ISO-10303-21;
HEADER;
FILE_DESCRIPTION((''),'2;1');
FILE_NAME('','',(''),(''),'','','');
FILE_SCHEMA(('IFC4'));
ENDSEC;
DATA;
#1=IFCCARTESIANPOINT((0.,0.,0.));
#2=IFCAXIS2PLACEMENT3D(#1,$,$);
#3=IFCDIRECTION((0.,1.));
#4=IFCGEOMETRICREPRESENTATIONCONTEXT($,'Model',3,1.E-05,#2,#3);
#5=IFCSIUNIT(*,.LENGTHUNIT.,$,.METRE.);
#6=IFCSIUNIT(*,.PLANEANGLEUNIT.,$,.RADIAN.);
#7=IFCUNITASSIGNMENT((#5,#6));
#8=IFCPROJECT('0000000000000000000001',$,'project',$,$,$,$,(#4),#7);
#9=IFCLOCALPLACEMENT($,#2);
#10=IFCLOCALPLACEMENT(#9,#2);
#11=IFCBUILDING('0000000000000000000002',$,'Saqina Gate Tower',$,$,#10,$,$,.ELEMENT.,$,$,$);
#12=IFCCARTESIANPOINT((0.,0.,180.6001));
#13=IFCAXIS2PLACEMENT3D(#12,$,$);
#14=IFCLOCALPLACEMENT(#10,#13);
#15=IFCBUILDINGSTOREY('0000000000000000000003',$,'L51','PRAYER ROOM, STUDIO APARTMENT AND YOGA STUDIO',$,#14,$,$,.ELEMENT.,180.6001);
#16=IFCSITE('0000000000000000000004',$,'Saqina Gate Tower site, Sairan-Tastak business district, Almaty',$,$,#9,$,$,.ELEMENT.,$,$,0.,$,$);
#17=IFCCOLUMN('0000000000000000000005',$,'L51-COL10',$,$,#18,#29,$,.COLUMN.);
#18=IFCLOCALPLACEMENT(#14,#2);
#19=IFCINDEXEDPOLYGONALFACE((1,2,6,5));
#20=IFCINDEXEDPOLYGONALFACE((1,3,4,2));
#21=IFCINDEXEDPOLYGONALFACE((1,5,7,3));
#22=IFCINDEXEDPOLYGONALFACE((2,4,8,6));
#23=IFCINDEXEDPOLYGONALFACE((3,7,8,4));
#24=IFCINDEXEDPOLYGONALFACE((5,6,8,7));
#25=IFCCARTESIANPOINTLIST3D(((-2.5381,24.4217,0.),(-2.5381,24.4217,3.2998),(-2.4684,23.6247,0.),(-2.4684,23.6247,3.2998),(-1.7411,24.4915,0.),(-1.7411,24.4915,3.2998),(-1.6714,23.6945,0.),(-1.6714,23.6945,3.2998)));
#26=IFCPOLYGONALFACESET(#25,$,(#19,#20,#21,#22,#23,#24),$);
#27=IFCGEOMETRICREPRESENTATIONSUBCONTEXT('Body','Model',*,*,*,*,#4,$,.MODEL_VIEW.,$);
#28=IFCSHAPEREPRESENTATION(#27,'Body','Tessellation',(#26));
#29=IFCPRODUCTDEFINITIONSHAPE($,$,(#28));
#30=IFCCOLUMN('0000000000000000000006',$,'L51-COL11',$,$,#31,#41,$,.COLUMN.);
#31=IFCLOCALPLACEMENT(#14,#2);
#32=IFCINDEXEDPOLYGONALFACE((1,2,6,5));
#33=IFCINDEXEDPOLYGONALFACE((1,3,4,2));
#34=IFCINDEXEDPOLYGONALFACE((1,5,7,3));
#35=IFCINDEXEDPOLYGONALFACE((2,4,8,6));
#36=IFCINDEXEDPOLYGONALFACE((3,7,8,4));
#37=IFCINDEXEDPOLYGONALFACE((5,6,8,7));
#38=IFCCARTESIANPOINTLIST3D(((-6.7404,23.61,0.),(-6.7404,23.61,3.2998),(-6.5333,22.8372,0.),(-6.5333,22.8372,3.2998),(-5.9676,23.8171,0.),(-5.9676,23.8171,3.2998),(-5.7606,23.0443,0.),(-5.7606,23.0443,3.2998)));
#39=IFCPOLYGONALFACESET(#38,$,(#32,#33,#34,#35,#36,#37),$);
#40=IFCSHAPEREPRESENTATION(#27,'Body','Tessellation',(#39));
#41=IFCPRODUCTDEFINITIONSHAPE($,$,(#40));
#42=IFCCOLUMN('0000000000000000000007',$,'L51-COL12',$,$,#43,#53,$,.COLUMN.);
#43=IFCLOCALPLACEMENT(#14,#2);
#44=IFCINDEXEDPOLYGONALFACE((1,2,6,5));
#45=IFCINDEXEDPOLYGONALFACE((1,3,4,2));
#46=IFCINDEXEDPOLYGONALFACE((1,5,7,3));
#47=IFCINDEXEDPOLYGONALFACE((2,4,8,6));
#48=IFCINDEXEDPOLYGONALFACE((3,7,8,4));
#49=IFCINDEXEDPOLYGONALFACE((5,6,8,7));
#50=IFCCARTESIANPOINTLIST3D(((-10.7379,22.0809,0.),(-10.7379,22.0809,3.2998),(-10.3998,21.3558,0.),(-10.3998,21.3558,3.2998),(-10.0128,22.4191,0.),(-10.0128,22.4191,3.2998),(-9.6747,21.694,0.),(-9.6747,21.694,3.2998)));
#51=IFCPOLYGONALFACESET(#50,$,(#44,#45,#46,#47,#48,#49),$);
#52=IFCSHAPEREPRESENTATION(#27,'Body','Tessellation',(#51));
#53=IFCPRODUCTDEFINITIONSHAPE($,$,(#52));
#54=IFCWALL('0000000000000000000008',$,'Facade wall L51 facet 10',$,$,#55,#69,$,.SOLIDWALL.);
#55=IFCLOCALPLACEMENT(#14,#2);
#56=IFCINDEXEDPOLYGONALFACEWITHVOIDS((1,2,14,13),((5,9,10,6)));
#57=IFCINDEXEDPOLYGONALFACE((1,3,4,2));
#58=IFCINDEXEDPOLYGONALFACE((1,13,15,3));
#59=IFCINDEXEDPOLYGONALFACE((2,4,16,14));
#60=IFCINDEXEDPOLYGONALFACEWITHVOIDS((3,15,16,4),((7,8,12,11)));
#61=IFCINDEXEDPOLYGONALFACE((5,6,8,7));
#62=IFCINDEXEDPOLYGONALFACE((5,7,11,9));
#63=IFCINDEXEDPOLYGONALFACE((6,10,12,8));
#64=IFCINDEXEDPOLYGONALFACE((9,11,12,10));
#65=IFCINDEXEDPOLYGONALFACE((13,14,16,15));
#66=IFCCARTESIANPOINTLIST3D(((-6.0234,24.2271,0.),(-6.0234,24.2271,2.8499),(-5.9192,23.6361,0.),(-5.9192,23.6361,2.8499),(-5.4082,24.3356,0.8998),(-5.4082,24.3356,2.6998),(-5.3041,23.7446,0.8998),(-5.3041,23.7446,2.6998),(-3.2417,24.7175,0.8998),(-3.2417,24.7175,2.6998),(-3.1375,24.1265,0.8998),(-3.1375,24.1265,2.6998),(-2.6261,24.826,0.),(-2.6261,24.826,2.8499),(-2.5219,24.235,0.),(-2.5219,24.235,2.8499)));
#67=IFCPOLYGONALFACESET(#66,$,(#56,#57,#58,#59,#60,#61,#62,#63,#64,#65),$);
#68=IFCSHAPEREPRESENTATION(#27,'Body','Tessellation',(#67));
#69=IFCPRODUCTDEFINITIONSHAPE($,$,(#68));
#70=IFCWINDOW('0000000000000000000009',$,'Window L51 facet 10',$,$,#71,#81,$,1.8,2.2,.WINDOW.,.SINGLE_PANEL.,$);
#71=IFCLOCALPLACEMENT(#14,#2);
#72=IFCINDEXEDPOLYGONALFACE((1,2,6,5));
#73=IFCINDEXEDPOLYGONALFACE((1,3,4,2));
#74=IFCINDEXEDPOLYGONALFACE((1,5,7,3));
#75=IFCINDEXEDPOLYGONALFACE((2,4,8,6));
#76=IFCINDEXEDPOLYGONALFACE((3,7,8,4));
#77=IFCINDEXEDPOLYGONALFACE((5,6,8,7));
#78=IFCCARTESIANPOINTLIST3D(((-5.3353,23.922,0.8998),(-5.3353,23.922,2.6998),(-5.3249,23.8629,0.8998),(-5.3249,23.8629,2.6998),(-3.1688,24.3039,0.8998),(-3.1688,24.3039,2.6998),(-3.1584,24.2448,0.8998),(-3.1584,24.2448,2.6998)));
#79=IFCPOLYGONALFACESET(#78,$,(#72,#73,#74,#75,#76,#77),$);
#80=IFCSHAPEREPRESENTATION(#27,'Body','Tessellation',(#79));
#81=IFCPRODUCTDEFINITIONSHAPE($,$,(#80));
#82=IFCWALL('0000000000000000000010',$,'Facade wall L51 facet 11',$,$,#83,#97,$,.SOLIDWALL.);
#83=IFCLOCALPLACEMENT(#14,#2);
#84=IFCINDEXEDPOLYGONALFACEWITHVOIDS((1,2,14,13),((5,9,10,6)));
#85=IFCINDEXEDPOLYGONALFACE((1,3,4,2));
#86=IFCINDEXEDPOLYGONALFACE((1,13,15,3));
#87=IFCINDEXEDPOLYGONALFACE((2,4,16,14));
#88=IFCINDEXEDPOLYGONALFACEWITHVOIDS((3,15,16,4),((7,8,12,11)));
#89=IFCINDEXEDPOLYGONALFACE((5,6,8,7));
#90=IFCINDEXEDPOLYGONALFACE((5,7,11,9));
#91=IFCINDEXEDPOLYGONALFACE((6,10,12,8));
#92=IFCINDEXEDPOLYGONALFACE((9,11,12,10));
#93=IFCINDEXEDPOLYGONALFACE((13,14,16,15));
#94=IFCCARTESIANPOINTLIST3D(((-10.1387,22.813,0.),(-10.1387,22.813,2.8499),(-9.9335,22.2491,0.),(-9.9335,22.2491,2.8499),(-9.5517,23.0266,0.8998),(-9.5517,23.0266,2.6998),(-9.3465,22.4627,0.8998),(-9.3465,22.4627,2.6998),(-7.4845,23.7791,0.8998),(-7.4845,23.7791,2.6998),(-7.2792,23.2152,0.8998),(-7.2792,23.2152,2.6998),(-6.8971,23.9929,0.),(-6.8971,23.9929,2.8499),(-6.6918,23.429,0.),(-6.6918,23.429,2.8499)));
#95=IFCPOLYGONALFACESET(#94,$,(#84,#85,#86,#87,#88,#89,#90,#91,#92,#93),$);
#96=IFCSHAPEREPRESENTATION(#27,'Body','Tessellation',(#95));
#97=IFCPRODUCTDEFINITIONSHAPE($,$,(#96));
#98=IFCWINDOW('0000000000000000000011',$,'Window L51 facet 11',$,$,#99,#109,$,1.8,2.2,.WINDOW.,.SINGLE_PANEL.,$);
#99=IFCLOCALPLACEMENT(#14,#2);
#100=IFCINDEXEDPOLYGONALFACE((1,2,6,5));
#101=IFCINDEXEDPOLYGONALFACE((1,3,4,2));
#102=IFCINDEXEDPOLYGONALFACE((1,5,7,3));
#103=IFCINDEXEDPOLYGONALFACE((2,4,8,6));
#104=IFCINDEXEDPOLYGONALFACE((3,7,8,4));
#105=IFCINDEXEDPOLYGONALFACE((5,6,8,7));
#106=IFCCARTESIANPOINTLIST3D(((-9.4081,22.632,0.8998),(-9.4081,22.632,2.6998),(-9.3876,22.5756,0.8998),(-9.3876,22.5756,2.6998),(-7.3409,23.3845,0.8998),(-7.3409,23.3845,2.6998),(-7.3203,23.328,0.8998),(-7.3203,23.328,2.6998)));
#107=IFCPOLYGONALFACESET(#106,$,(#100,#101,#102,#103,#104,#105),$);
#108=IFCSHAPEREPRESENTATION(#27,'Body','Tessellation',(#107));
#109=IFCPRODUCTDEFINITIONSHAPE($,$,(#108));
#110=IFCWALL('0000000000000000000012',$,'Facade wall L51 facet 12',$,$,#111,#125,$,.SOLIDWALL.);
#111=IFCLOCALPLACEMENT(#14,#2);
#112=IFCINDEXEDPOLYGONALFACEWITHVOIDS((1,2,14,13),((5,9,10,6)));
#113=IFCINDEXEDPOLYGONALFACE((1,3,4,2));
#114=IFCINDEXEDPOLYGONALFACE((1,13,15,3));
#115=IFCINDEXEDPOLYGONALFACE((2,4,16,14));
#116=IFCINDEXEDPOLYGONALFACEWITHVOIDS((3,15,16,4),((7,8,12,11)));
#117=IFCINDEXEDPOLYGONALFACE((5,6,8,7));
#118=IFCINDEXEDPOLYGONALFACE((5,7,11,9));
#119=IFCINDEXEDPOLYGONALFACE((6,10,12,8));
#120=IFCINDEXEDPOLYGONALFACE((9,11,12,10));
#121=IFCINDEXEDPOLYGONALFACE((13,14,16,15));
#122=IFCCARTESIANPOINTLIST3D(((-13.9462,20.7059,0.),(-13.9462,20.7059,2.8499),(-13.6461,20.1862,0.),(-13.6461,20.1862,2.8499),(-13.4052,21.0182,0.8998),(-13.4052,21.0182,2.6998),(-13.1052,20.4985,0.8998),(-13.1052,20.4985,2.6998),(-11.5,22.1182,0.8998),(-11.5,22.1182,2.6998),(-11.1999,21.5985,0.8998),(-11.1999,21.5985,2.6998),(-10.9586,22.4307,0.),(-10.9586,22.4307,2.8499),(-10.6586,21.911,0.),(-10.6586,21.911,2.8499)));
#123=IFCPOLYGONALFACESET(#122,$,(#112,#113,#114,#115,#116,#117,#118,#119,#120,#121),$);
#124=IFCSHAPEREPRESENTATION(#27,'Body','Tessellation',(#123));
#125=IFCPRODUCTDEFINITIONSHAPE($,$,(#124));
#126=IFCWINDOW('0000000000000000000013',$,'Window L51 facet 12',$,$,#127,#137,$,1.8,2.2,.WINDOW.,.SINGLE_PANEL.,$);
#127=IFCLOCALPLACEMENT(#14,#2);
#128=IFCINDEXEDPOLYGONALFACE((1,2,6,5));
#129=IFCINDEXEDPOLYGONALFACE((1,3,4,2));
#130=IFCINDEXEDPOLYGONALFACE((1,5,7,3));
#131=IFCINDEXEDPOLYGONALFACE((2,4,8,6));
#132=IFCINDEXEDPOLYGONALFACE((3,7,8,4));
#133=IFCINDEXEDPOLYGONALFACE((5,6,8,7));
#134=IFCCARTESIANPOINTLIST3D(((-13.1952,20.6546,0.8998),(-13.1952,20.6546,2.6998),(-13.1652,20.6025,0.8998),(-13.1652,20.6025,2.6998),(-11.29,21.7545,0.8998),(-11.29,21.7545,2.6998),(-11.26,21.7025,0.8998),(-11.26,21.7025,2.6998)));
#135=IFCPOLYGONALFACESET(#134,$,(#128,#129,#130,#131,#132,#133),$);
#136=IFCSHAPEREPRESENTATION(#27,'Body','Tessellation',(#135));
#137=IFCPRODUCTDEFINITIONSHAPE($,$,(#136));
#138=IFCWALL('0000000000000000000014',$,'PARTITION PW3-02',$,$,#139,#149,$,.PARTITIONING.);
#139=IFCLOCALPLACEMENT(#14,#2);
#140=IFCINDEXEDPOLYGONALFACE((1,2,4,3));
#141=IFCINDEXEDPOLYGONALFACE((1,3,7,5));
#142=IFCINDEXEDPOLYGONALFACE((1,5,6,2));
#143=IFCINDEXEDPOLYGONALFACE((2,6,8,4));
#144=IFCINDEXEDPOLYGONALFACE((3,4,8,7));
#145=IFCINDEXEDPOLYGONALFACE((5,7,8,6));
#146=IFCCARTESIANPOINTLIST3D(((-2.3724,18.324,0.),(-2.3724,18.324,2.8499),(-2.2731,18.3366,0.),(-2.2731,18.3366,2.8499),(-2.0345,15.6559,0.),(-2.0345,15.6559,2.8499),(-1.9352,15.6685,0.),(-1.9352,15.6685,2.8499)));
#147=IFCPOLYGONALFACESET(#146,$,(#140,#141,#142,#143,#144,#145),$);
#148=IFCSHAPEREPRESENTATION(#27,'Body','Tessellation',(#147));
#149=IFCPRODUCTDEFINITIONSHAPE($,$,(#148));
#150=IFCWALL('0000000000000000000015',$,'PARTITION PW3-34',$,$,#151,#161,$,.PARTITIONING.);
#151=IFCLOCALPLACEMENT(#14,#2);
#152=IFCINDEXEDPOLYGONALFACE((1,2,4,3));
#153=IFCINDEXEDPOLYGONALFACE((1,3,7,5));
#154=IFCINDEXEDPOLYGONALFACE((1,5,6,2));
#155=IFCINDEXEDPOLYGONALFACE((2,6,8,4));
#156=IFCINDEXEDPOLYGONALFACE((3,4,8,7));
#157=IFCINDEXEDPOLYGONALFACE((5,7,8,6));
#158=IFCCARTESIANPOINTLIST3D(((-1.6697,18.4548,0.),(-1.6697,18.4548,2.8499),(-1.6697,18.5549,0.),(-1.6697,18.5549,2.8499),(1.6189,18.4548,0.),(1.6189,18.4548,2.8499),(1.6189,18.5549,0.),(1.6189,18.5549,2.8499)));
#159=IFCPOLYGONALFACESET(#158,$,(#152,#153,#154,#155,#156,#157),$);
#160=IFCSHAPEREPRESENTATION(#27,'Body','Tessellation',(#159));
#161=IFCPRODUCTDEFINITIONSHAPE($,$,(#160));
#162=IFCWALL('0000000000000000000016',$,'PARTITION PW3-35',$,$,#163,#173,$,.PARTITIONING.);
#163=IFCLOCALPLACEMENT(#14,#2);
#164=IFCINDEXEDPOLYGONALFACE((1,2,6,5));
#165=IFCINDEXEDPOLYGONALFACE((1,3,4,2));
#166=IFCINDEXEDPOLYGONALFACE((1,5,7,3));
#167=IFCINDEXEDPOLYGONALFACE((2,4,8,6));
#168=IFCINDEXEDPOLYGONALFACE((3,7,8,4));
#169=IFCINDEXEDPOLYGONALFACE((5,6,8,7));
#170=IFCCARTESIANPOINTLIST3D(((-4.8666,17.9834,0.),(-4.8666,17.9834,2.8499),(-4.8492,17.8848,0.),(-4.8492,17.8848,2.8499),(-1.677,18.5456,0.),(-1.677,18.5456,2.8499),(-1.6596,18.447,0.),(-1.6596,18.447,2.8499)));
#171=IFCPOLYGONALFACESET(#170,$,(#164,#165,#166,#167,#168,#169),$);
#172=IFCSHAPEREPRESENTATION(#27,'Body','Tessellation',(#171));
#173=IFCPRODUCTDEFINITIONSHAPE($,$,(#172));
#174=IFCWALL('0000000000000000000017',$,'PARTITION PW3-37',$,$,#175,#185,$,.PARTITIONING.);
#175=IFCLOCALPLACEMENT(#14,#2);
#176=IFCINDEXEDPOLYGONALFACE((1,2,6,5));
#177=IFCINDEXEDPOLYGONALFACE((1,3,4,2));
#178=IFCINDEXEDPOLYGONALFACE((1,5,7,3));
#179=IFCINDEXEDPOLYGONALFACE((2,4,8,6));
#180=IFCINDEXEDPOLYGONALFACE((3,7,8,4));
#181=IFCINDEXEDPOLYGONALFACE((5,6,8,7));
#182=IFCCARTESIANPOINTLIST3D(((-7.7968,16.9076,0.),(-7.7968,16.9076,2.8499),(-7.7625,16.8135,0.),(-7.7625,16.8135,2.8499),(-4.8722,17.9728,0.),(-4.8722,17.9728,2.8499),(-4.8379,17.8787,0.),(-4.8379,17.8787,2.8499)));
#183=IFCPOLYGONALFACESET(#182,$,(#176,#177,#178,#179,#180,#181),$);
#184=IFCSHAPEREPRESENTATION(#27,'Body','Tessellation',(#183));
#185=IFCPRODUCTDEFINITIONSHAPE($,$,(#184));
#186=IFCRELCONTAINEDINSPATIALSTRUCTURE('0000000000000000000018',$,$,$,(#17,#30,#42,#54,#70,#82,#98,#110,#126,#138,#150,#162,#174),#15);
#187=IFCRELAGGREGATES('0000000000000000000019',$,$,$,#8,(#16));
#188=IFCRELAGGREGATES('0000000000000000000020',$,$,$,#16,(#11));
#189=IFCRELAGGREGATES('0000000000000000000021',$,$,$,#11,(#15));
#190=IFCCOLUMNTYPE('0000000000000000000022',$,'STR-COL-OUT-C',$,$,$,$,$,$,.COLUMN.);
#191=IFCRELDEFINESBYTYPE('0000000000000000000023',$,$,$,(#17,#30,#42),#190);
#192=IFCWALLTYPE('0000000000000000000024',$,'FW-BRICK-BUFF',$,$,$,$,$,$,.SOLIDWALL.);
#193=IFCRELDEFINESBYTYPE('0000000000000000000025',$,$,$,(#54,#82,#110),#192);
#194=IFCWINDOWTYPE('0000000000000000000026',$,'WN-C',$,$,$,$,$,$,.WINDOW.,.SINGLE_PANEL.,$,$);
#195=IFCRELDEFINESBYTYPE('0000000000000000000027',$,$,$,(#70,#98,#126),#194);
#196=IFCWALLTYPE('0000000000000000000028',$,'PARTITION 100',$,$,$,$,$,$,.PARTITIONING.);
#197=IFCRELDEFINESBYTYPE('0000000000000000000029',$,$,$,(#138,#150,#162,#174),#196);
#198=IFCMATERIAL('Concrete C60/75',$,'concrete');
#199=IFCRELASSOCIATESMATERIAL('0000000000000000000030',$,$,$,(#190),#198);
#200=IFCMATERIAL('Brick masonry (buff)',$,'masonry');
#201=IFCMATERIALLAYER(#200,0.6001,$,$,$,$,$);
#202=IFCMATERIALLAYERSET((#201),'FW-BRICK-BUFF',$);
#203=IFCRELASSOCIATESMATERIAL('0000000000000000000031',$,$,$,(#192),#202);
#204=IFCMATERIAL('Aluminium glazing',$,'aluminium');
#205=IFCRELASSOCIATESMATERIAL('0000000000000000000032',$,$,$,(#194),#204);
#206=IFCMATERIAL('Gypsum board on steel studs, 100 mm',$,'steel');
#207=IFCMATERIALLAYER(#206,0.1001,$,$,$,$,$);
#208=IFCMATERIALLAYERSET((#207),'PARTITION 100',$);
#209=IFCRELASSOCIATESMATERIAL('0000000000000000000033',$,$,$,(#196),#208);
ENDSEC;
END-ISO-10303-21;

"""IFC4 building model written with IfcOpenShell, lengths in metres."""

from ifc_helpers import new_model, si_unit, direction, frame, frame_2d, origin, origin_2d, place, context, subcontext, project, spatial, rectangle, extrude, material, layer, layer_set, material_profile, profile_set, type_object, element, fill, save


model = new_model("IFC4")

# Units and contexts
model_context = context("Model", 3, precision=1e-05, world=origin(), true_north=direction((0.0, 1.0)))
body_context = subcontext(model_context, "Body", "Model", "MODEL_VIEW")
ifc_project = project(units=[si_unit("LENGTHUNIT", "METRE"), si_unit("PLANEANGLEUNIT", "RADIAN")], contexts=[model_context])

# Site, building, storey
site_placement = place(None, origin())
site = spatial("IfcSite", under=ifc_project, at=site_placement, Name="Saqina Gate Tower site, Sairan-Tastak business district, Almaty", CompositionType="ELEMENT", RefElevation=0.0)
building_placement = place(site_placement, origin())
building = spatial("IfcBuilding", under=site, at=building_placement, Name="Saqina Gate Tower", CompositionType="ELEMENT")
storey_placement = place(building_placement, frame((0.0, 0.0, 180.6001)))
storey = spatial("IfcBuildingStorey", under=building, at=storey_placement, Name="L51", Description="PRAYER ROOM, STUDIO APARTMENT AND YOGA STUDIO", CompositionType="ELEMENT", Elevation=180.6001)

# Columns
ifc_material_1 = material(Name="Concrete C60/75", Category="concrete")
ifc_material_profile = material_profile(ifc_material_1, rectangle(XDim=0.8, YDim=0.8, at=origin_2d()), Name="RC 800x800")
ifc_profile_set = profile_set([ifc_material_profile], Name="Concrete C60/75")
column_type = type_object("IfcColumnType", Name="STR-COL-OUT-C", PredefinedType="COLUMN", material=ifc_profile_set)
for number, where, z_axis, x_axis, name in (
    (1, (-2.1047, 24.0581, 0.0), (0.0, 0.0, 1.0), (-0.087156, 0.996195, 0.0), "L51-COL10"),
    (2, (-6.2505, 23.3271, 0.0), (0.0, 0.0, 1.0), (-0.258819, 0.965926, 0.0), "L51-COL11"),
    (3, (-10.2063, 21.8875, 0.0), (0.0, 0.0, 1.0), (-0.422618, 0.906308, 0.0), "L51-COL12"),
):
    element("IfcColumn", number, at=place(storey_placement, frame(where, z_axis=z_axis, x_axis=x_axis)), inside=storey, type_object=column_type, Name=name, PredefinedType="COLUMN", context=body_context, shape_type="SweptSolid", body=[
        extrude(rectangle(XDim=0.8, YDim=0.8, at=origin_2d()), origin(), (0.0, 0.0, 1.0), 3.2998),
    ])

# Walls, openings, windows
ifc_material_2 = material(Name="Brick masonry (buff)", Category="masonry")
ifc_layer_1 = layer(ifc_material_2, 0.6001)
ifc_layer_set_1 = layer_set([ifc_layer_1], Name="FW-BRICK-BUFF")
wall_type_1 = type_object("IfcWallType", Name="FW-BRICK-BUFF", PredefinedType="SOLIDWALL", material=ifc_layer_set_1)
wall_1_placement = place(storey_placement, frame((-2.574, 24.5305, 0.0), z_axis=(0.0, 0.0, 1.0), x_axis=(-0.984815, -0.173608, 0.0)))
wall_1 = element("IfcWall", 4, at=wall_1_placement, inside=storey, type_object=wall_type_1, Name="Facade wall L51 facet 10", PredefinedType="SOLIDWALL", context=body_context, shape_type="SweptSolid", body=[
    extrude(rectangle(XDim=3.4497, YDim=0.6001, at=frame_2d((1.7249, 0.0))), origin(), (0.0, 0.0, 1.0), 2.8499),
])
opening_1_placement = place(wall_1_placement, frame((0.625, 0.0, 0.8999)))
opening_1 = element("IfcOpeningElement", 5, at=opening_1_placement, cuts=wall_1, PredefinedType="OPENING", context=body_context, shape_type="SweptSolid", body=[
    extrude(rectangle(XDim=2.2, YDim=1.8, at=frame_2d((1.1001, 0.8999))), frame((0.0, 0.312, 0.0), z_axis=(0.0, -1.0, 0.0), x_axis=(1.0, 0.0, 0.0)), (0.0, 0.0, 1.0), 0.624),
])
ifc_material_3 = material(Name="Aluminium glazing", Category="aluminium")
window_type = type_object("IfcWindowType", Name="WN-C", PartitioningType="SINGLE_PANEL", PredefinedType="WINDOW", material=ifc_material_3)
window_1_placement = place(opening_1_placement, origin())
window_1 = element("IfcWindow", 6, at=window_1_placement, inside=storey, type_object=window_type, Name="Window L51 facet 10", OverallHeight=1.8, OverallWidth=2.2, PartitioningType="SINGLE_PANEL", PredefinedType="WINDOW", context=body_context, shape_type="SweptSolid", body=[
    extrude(rectangle(XDim=2.2, YDim=1.8, at=frame_2d((1.1001, 0.8999))), frame((0.0, 0.1799, 0.0), z_axis=(0.0, -1.0, 0.0), x_axis=(1.0, 0.0, 0.0)), (0.0, 0.0, 1.0), 0.0601),
])
fill(opening_1, window_1)
wall_2_placement = place(storey_placement, frame((-6.7944, 23.7109, 0.0), z_axis=(0.0, 0.0, 1.0), x_axis=(-0.939688, -0.342033, 0.0)))
wall_2 = element("IfcWall", 7, at=wall_2_placement, inside=storey, type_object=wall_type_1, Name="Facade wall L51 facet 11", PredefinedType="SOLIDWALL", context=body_context, shape_type="SweptSolid", body=[
    extrude(rectangle(XDim=3.4497, YDim=0.6001, at=frame_2d((1.7249, 0.0))), origin(), (0.0, 0.0, 1.0), 2.8499),
])
opening_2_placement = place(wall_2_placement, frame((0.625, 0.0, 0.8999)))
opening_2 = element("IfcOpeningElement", 8, at=opening_2_placement, cuts=wall_2, PredefinedType="OPENING", context=body_context, shape_type="SweptSolid", body=[
    extrude(rectangle(XDim=2.2, YDim=1.8, at=frame_2d((1.1001, 0.8999))), frame((0.0, 0.312, 0.0), z_axis=(0.0, -1.0, 0.0), x_axis=(1.0, 0.0, 0.0)), (0.0, 0.0, 1.0), 0.624),
])
window_2_placement = place(opening_2_placement, origin())
window_2 = element("IfcWindow", 9, at=window_2_placement, inside=storey, type_object=window_type, Name="Window L51 facet 11", OverallHeight=1.8, OverallWidth=2.2, PartitioningType="SINGLE_PANEL", PredefinedType="WINDOW", context=body_context, shape_type="SweptSolid", body=[
    extrude(rectangle(XDim=2.2, YDim=1.8, at=frame_2d((1.1001, 0.8999))), frame((0.0, 0.1799, 0.0), z_axis=(0.0, -1.0, 0.0), x_axis=(1.0, 0.0, 0.0)), (0.0, 0.0, 1.0), 0.0601),
])
fill(opening_2, window_2)
wall_3_placement = place(storey_placement, frame((-10.8086, 22.1709, 0.0), z_axis=(0.0, 0.0, 1.0), x_axis=(-0.866026, -0.499998, 0.0)))
wall_3 = element("IfcWall", 10, at=wall_3_placement, inside=storey, type_object=wall_type_1, Name="Facade wall L51 facet 12", PredefinedType="SOLIDWALL", context=body_context, shape_type="SweptSolid", body=[
    extrude(rectangle(XDim=3.4497, YDim=0.6001, at=frame_2d((1.7249, 0.0))), origin(), (0.0, 0.0, 1.0), 2.8499),
])
opening_3_placement = place(wall_3_placement, frame((0.625, 0.0, 0.8999)))
opening_3 = element("IfcOpeningElement", 11, at=opening_3_placement, cuts=wall_3, PredefinedType="OPENING", context=body_context, shape_type="SweptSolid", body=[
    extrude(rectangle(XDim=2.2, YDim=1.8, at=frame_2d((1.1001, 0.8999))), frame((0.0, 0.312, 0.0), z_axis=(0.0, -1.0, 0.0), x_axis=(1.0, 0.0, 0.0)), (0.0, 0.0, 1.0), 0.624),
])
window_3_placement = place(opening_3_placement, origin())
window_3 = element("IfcWindow", 12, at=window_3_placement, inside=storey, type_object=window_type, Name="Window L51 facet 12", OverallHeight=1.8, OverallWidth=2.2, PartitioningType="SINGLE_PANEL", PredefinedType="WINDOW", context=body_context, shape_type="SweptSolid", body=[
    extrude(rectangle(XDim=2.2, YDim=1.8, at=frame_2d((1.1001, 0.8999))), frame((0.0, 0.1799, 0.0), z_axis=(0.0, -1.0, 0.0), x_axis=(1.0, 0.0, 0.0)), (0.0, 0.0, 1.0), 0.0601),
])
fill(opening_3, window_3)

# Walls
ifc_material_4 = material(Name="Gypsum board on steel studs, 100 mm", Category="steel")
ifc_layer_2 = layer(ifc_material_4, 0.1001)
ifc_layer_set_2 = layer_set([ifc_layer_2], Name="PARTITION 100")
wall_type_2 = type_object("IfcWallType", Name="PARTITION 100", PredefinedType="PARTITIONING", material=ifc_layer_set_2)
wall_4_placement = place(storey_placement, frame((-2.3228, 18.3303, 0.0), z_axis=(0.0, 0.0, 1.0), x_axis=(0.125632, -0.992077, 0.0)))
element("IfcWall", 13, at=wall_4_placement, inside=storey, type_object=wall_type_2, Name="PARTITION PW3-02", PredefinedType="PARTITIONING", context=body_context, shape_type="SweptSolid", body=[
    extrude(rectangle(XDim=2.6895, YDim=0.1001, at=frame_2d((1.3447, 0.0))), origin(), (0.0, 0.0, 1.0), 2.8499),
])
wall_5_placement = place(storey_placement, frame((-1.6697, 18.5049, 0.0), z_axis=(0.0, 0.0, 1.0), x_axis=(1.0, 0.0, 0.0)))
element("IfcWall", 14, at=wall_5_placement, inside=storey, type_object=wall_type_2, Name="PARTITION PW3-34", PredefinedType="PARTITIONING", context=body_context, shape_type="SweptSolid", body=[
    extrude(rectangle(XDim=3.2886, YDim=0.1001, at=frame_2d((1.6443, 0.0))), origin(), (0.0, 0.0, 1.0), 2.8499),
])
wall_6_placement = place(storey_placement, frame((-4.8579, 17.9341, 0.0), z_axis=(0.0, 0.0, 1.0), x_axis=(0.984817, 0.173596, 0.0)))
element("IfcWall", 15, at=wall_6_placement, inside=storey, type_object=wall_type_2, Name="PARTITION PW3-35", PredefinedType="PARTITIONING", context=body_context, shape_type="SweptSolid", body=[
    extrude(rectangle(XDim=3.2388, YDim=0.1001, at=frame_2d((1.6194, 0.0))), origin(), (0.0, 0.0, 1.0), 2.8499),
])
wall_7_placement = place(storey_placement, frame((-7.7795, 16.8606, 0.0), z_axis=(0.0, 0.0, 1.0), x_axis=(0.939617, 0.342228, 0.0)))
element("IfcWall", 16, at=wall_7_placement, inside=storey, type_object=wall_type_2, Name="PARTITION PW3-37", PredefinedType="PARTITIONING", context=body_context, shape_type="SweptSolid", body=[
    extrude(rectangle(XDim=3.1125, YDim=0.1001, at=frame_2d((1.5562, 0.0))), origin(), (0.0, 0.0, 1.0), 2.8499),
])

save(model, "model.ifc")
